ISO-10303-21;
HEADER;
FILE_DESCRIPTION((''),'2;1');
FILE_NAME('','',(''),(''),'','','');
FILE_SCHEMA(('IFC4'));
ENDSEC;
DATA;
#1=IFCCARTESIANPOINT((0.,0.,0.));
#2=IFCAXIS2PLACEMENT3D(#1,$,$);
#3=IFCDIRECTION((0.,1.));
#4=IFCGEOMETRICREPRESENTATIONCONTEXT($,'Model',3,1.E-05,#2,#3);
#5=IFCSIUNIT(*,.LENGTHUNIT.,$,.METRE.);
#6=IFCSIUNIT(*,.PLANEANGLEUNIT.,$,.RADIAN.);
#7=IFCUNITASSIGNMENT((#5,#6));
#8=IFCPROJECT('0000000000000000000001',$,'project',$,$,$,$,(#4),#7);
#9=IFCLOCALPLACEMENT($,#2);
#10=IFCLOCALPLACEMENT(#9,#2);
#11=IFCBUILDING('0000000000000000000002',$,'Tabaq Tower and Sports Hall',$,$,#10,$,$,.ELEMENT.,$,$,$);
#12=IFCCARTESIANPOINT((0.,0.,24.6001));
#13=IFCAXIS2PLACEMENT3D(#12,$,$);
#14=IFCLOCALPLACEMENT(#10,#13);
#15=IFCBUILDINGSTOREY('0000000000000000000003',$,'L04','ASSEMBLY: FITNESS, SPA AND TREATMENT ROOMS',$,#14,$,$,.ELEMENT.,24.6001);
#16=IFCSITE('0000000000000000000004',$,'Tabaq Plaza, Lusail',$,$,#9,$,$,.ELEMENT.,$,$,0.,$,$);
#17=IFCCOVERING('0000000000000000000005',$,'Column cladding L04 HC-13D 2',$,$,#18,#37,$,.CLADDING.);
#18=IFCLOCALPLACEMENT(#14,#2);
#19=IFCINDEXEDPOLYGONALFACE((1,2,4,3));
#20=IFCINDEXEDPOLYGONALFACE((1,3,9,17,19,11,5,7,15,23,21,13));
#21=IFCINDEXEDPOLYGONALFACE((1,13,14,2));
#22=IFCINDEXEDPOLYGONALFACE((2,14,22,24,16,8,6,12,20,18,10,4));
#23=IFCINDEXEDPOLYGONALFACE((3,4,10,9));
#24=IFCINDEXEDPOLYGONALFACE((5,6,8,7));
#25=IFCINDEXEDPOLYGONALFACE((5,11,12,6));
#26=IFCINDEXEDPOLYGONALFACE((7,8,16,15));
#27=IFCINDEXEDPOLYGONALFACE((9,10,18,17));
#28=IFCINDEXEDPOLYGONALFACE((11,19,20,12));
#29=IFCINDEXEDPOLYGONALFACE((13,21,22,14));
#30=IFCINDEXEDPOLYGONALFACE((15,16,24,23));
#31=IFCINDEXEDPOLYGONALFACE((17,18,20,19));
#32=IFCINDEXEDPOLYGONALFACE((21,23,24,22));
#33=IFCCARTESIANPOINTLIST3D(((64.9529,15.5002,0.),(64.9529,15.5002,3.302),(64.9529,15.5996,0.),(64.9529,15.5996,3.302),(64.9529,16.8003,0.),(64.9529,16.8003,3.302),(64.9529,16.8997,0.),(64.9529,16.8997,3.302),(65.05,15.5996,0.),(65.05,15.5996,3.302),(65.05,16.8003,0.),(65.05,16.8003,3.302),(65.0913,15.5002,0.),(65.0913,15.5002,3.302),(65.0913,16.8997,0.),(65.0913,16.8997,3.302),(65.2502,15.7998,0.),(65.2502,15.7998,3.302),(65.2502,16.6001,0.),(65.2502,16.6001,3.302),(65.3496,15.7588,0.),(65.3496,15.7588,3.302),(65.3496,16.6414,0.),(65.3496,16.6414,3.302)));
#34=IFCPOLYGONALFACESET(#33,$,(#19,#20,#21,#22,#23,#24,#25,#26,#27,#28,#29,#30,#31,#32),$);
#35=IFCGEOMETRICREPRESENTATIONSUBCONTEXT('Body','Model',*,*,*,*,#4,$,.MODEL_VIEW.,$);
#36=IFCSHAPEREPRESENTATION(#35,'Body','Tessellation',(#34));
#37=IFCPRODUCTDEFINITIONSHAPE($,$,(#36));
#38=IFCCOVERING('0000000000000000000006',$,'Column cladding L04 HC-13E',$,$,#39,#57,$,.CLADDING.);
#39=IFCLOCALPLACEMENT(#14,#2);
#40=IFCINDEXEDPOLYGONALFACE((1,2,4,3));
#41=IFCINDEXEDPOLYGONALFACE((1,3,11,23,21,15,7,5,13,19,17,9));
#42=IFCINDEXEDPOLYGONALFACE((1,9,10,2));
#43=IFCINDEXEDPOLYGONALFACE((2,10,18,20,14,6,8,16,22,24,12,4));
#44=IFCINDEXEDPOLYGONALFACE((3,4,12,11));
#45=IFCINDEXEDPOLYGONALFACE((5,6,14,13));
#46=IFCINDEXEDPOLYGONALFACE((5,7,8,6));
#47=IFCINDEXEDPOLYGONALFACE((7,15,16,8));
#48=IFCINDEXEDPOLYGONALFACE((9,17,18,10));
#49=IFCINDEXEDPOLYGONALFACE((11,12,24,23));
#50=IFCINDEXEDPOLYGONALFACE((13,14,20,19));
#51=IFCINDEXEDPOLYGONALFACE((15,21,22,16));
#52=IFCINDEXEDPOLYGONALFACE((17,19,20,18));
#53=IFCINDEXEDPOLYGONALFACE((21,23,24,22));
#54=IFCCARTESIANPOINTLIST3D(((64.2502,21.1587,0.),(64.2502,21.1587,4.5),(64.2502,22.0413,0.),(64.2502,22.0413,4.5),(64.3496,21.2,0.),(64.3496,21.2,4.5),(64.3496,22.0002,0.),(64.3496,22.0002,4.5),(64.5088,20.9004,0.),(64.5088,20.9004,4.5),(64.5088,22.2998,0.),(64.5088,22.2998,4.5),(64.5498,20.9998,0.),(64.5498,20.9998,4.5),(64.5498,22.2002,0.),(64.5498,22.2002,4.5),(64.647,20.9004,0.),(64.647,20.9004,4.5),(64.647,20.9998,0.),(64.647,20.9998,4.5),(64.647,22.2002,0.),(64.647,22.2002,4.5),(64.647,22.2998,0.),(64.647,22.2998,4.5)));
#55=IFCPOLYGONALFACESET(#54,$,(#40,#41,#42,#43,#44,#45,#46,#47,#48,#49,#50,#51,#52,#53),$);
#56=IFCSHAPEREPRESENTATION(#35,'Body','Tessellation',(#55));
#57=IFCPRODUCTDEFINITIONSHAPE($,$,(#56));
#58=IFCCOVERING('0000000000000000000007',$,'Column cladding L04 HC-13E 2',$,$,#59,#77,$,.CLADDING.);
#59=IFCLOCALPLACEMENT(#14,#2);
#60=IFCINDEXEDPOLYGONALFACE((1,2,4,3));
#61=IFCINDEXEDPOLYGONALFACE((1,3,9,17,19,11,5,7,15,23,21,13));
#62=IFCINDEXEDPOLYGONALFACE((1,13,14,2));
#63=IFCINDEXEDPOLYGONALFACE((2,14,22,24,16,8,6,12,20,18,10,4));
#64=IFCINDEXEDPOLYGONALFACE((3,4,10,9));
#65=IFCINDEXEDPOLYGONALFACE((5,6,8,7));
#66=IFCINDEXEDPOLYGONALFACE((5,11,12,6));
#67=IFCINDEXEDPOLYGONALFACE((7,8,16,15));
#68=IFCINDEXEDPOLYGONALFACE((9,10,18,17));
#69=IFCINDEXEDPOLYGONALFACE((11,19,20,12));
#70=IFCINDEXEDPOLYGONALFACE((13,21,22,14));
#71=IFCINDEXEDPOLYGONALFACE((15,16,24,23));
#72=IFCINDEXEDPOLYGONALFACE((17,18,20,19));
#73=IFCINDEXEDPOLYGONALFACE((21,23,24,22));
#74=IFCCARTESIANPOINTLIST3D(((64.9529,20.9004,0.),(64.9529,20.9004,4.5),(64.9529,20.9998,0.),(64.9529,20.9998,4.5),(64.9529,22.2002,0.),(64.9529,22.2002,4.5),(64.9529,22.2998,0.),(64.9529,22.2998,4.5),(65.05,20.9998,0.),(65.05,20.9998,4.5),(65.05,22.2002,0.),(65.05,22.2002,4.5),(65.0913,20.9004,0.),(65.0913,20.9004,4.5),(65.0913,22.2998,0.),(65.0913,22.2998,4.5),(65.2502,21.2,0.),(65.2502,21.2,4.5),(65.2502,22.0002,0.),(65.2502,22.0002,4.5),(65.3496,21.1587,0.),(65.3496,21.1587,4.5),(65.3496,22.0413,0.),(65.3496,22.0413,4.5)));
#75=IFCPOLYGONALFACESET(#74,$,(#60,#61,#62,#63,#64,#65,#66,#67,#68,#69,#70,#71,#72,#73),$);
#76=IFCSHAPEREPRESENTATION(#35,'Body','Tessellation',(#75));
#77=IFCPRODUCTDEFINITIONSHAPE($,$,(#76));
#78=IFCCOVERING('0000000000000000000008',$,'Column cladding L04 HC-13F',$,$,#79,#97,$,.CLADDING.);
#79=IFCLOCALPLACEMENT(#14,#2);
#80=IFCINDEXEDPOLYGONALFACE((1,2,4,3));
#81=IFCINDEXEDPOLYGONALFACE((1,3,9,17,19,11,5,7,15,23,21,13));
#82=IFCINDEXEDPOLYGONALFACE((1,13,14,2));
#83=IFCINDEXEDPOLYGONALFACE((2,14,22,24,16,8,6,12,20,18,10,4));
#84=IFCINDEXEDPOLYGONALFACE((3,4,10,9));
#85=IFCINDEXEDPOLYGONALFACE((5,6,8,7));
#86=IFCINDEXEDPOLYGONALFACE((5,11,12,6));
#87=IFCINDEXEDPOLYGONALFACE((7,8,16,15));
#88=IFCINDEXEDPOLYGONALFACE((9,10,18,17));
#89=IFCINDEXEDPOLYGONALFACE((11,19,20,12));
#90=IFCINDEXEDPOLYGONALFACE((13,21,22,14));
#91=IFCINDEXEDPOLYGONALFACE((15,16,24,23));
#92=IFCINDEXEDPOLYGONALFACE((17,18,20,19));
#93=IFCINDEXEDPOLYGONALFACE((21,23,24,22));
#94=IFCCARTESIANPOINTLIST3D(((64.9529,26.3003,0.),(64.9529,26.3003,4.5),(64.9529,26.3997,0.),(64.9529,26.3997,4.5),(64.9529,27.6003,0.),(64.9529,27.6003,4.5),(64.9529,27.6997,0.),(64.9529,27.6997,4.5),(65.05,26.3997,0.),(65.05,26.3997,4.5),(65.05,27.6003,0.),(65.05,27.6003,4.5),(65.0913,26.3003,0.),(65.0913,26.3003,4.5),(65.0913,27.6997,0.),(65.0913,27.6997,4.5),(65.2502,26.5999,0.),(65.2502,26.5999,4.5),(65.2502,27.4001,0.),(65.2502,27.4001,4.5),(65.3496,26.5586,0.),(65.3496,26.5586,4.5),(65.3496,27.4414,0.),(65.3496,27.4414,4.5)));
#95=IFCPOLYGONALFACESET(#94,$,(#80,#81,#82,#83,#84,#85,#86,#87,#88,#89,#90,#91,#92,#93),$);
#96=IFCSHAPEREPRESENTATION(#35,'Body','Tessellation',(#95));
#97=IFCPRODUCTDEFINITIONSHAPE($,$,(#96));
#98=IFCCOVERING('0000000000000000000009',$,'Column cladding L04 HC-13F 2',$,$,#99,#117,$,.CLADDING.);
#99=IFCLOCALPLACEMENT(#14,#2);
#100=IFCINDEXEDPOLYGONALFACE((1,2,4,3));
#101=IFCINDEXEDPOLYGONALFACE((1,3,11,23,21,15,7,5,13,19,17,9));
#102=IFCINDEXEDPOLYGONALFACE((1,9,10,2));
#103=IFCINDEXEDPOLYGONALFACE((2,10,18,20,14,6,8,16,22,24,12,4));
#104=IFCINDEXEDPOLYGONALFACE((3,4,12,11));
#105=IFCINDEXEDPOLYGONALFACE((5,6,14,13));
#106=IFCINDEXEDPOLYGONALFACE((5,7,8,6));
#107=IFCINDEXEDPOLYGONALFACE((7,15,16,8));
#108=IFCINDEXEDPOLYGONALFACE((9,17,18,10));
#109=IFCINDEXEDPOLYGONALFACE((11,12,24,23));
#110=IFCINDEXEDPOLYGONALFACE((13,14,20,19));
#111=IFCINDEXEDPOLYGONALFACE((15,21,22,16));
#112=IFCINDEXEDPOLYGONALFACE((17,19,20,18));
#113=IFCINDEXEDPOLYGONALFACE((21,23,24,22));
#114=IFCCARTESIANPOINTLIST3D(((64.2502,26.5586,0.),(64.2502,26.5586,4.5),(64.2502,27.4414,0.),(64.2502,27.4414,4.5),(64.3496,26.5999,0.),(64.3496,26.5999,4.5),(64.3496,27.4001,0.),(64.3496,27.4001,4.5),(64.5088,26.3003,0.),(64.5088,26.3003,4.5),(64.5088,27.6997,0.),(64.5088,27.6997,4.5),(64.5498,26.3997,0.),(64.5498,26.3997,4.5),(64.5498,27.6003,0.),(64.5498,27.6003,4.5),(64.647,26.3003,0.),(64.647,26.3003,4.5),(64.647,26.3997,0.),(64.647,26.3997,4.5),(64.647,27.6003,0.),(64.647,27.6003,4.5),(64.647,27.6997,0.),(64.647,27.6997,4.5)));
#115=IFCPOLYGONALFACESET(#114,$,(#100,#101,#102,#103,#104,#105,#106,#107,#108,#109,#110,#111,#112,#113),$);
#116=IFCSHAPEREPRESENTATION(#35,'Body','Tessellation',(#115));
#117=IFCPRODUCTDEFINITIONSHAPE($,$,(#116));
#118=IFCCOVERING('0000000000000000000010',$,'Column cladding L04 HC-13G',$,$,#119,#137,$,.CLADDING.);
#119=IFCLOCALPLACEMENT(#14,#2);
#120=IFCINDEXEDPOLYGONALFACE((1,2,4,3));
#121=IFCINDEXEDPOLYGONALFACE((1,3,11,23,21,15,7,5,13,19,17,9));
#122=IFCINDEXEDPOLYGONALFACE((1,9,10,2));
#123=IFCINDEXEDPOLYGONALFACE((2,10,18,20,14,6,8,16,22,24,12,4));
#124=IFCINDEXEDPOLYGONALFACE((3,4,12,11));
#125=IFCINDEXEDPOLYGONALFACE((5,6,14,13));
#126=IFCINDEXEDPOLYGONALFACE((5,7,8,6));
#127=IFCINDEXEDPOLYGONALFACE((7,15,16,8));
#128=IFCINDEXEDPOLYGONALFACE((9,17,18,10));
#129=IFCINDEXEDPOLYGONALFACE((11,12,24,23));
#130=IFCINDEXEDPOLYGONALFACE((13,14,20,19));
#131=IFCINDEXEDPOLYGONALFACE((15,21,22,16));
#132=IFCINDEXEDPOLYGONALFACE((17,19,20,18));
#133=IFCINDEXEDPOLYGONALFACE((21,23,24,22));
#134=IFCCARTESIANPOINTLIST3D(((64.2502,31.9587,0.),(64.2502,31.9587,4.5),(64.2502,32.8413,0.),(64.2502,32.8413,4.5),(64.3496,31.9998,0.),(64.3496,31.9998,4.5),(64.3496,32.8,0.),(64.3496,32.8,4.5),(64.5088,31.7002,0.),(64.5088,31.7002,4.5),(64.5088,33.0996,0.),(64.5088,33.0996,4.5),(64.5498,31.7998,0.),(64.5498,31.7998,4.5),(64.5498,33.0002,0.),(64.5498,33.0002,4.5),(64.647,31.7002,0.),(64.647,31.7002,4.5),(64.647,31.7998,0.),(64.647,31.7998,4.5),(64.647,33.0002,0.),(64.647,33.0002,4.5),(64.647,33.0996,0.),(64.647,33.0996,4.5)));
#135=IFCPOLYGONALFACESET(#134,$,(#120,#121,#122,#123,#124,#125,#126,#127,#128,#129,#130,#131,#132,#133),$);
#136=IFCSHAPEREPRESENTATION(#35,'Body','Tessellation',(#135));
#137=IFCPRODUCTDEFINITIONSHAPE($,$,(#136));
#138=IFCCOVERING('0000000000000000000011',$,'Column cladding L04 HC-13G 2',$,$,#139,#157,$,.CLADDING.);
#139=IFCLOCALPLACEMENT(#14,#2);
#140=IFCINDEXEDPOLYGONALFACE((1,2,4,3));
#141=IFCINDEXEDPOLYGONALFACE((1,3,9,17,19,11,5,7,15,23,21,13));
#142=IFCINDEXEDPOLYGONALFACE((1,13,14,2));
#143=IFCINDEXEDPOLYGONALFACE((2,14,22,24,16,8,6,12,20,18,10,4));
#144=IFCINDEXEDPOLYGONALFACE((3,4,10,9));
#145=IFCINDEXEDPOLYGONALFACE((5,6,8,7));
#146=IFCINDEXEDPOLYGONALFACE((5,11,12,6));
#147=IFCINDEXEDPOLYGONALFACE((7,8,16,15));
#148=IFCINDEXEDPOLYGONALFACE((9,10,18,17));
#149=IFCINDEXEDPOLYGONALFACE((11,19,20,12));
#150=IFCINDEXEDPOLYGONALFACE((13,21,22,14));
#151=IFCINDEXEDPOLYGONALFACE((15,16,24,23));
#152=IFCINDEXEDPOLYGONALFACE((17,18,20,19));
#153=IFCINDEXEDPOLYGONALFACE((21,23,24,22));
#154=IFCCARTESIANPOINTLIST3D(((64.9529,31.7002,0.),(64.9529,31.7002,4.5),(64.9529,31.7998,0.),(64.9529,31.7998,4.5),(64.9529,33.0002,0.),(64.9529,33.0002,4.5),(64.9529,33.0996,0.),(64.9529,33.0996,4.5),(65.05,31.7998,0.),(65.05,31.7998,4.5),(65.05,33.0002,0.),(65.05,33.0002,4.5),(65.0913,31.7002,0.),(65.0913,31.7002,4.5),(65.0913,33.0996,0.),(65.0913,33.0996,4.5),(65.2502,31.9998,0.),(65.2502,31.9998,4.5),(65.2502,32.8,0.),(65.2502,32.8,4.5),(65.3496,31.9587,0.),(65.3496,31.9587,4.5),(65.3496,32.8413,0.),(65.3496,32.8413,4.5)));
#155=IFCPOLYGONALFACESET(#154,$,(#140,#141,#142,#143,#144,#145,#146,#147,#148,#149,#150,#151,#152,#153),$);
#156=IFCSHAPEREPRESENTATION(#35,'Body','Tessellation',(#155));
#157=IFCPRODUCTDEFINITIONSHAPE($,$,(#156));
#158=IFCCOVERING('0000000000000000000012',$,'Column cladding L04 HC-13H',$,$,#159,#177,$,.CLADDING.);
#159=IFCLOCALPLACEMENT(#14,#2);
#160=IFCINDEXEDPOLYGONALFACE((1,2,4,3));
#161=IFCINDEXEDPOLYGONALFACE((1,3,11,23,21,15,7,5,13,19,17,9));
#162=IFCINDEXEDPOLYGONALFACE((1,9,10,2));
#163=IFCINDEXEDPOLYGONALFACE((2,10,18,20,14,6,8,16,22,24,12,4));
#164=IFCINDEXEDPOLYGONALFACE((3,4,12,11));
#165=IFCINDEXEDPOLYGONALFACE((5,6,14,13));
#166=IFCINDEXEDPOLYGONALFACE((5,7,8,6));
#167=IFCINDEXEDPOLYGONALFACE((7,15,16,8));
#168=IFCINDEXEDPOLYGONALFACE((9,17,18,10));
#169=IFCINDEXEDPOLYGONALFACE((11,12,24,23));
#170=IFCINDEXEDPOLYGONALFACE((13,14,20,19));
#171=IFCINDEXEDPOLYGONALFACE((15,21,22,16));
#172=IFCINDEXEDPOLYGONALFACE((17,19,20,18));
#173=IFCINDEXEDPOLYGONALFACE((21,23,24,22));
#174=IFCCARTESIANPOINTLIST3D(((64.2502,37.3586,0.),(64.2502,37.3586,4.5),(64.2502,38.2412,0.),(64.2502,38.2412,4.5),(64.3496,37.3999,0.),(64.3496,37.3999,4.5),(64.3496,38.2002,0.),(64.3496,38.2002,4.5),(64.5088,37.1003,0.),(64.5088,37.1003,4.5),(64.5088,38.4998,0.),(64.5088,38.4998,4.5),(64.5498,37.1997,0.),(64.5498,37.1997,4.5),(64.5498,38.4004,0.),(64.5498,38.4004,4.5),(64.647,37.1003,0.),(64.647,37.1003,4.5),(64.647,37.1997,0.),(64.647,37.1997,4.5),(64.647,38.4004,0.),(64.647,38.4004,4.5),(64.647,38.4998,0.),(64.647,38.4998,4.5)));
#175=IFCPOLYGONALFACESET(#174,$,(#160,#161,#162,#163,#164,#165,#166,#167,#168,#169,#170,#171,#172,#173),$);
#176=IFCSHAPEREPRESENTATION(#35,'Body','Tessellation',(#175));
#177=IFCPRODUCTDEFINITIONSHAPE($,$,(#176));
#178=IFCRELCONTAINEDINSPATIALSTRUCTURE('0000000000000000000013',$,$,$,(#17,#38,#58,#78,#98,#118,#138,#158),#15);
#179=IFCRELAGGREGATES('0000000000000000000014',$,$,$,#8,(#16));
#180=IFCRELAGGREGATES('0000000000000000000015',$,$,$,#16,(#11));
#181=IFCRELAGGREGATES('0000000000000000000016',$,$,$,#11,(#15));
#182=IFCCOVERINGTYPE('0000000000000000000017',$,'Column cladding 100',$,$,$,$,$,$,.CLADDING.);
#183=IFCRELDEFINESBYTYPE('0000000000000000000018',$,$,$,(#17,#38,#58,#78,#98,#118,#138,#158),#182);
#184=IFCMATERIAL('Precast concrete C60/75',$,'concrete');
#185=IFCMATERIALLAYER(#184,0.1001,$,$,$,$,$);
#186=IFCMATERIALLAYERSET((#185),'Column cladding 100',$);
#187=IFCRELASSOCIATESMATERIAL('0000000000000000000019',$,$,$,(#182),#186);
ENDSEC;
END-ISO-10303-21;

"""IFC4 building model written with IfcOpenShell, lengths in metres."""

from ifc_helpers import new_model, si_unit, direction, frame, origin, place, context, subcontext, project, spatial, polyline, outline, extrude, material, layer, layer_set, type_object, element, save


model = new_model("IFC4")

# Units and contexts
model_context = context("Model", 3, precision=1e-05, world=origin(), true_north=direction((0.0, 1.0)))
body_context = subcontext(model_context, "Body", "Model", "MODEL_VIEW")
ifc_project = project(units=[si_unit("LENGTHUNIT", "METRE"), si_unit("PLANEANGLEUNIT", "RADIAN")], contexts=[model_context])

# Site, building, storey
site_placement = place(None, origin())
site = spatial("IfcSite", under=ifc_project, at=site_placement, Name="Tabaq Plaza, Lusail", CompositionType="ELEMENT", RefElevation=0.0)
building_placement = place(site_placement, origin())
building = spatial("IfcBuilding", under=site, at=building_placement, Name="Tabaq Tower and Sports Hall", CompositionType="ELEMENT")
storey_placement = place(building_placement, frame((0.0, 0.0, 24.6001)))
storey = spatial("IfcBuildingStorey", under=building, at=storey_placement, Name="L04", Description="ASSEMBLY: FITNESS, SPA AND TREATMENT ROOMS", CompositionType="ELEMENT", Elevation=24.6001)

# Coverings
ifc_material_1 = material(Name="Precast concrete C60/75", Category="concrete")
ifc_layer_1 = layer(ifc_material_1, 0.1001)
ifc_layer_set_1 = layer_set([ifc_layer_1], Name="Column cladding 100")
covering_type = type_object("IfcCoveringType", Name="Column cladding 100", PredefinedType="CLADDING", material=ifc_layer_set_1)
covering_1_placement = place(storey_placement, origin())
element("IfcCovering", 1, at=covering_1_placement, inside=storey, type_object=covering_type, Name="Column cladding L04 HC-13D 2", PredefinedType="CLADDING", context=body_context, shape_type="SweptSolid", body=[
    extrude(outline(polyline([(64.9529, 15.5002), (64.9529, 15.5996), (65.05, 15.5996), (65.2502, 15.7998), (65.2502, 16.6001), (65.05, 16.8003), (64.9529, 16.8003), (64.9529, 16.8997), (65.0913, 16.8997), (65.3496, 16.6414), (65.3496, 15.7588), (65.0913, 15.5002), (64.9529, 15.5002)])), origin(), (0.0, 0.0, 1.0), 3.302),
])
covering_2_placement = place(storey_placement, origin())
element("IfcCovering", 2, at=covering_2_placement, inside=storey, type_object=covering_type, Name="Column cladding L04 HC-13E", PredefinedType="CLADDING", context=body_context, shape_type="SweptSolid", body=[
    extrude(outline(polyline([(64.5088, 20.9004), (64.2502, 21.1587), (64.2502, 22.0413), (64.5088, 22.2998), (64.647, 22.2998), (64.647, 22.2002), (64.5498, 22.2002), (64.3496, 22.0002), (64.3496, 21.2), (64.5498, 20.9998), (64.647, 20.9998), (64.647, 20.9004), (64.5088, 20.9004)])), origin(), (0.0, 0.0, 1.0), 4.5),
])
covering_3_placement = place(storey_placement, origin())
element("IfcCovering", 3, at=covering_3_placement, inside=storey, type_object=covering_type, Name="Column cladding L04 HC-13E 2", PredefinedType="CLADDING", context=body_context, shape_type="SweptSolid", body=[
    extrude(outline(polyline([(64.9529, 20.9004), (64.9529, 20.9998), (65.05, 20.9998), (65.2502, 21.2), (65.2502, 22.0002), (65.05, 22.2002), (64.9529, 22.2002), (64.9529, 22.2998), (65.0913, 22.2998), (65.3496, 22.0413), (65.3496, 21.1587), (65.0913, 20.9004), (64.9529, 20.9004)])), origin(), (0.0, 0.0, 1.0), 4.5),
])
covering_4_placement = place(storey_placement, origin())
element("IfcCovering", 4, at=covering_4_placement, inside=storey, type_object=covering_type, Name="Column cladding L04 HC-13F", PredefinedType="CLADDING", context=body_context, shape_type="SweptSolid", body=[
    extrude(outline(polyline([(64.9529, 26.3003), (64.9529, 26.3997), (65.05, 26.3997), (65.2502, 26.5999), (65.2502, 27.4001), (65.05, 27.6003), (64.9529, 27.6003), (64.9529, 27.6997), (65.0913, 27.6997), (65.3496, 27.4414), (65.3496, 26.5586), (65.0913, 26.3003), (64.9529, 26.3003)])), origin(), (0.0, 0.0, 1.0), 4.5),
])
covering_5_placement = place(storey_placement, origin())
element("IfcCovering", 5, at=covering_5_placement, inside=storey, type_object=covering_type, Name="Column cladding L04 HC-13F 2", PredefinedType="CLADDING", context=body_context, shape_type="SweptSolid", body=[
    extrude(outline(polyline([(64.5088, 26.3003), (64.2502, 26.5586), (64.2502, 27.4414), (64.5088, 27.6997), (64.647, 27.6997), (64.647, 27.6003), (64.5498, 27.6003), (64.3496, 27.4001), (64.3496, 26.5999), (64.5498, 26.3997), (64.647, 26.3997), (64.647, 26.3003), (64.5088, 26.3003)])), origin(), (0.0, 0.0, 1.0), 4.5),
])
covering_6_placement = place(storey_placement, origin())
element("IfcCovering", 6, at=covering_6_placement, inside=storey, type_object=covering_type, Name="Column cladding L04 HC-13G", PredefinedType="CLADDING", context=body_context, shape_type="SweptSolid", body=[
    extrude(outline(polyline([(64.5088, 31.7002), (64.2502, 31.9587), (64.2502, 32.8413), (64.5088, 33.0996), (64.647, 33.0996), (64.647, 33.0002), (64.5498, 33.0002), (64.3496, 32.8), (64.3496, 31.9998), (64.5498, 31.7998), (64.647, 31.7998), (64.647, 31.7002), (64.5088, 31.7002)])), origin(), (0.0, 0.0, 1.0), 4.5),
])
covering_7_placement = place(storey_placement, origin())
element("IfcCovering", 7, at=covering_7_placement, inside=storey, type_object=covering_type, Name="Column cladding L04 HC-13G 2", PredefinedType="CLADDING", context=body_context, shape_type="SweptSolid", body=[
    extrude(outline(polyline([(64.9529, 31.7002), (64.9529, 31.7998), (65.05, 31.7998), (65.2502, 31.9998), (65.2502, 32.8), (65.05, 33.0002), (64.9529, 33.0002), (64.9529, 33.0996), (65.0913, 33.0996), (65.3496, 32.8413), (65.3496, 31.9587), (65.0913, 31.7002), (64.9529, 31.7002)])), origin(), (0.0, 0.0, 1.0), 4.5),
])
covering_8_placement = place(storey_placement, origin())
element("IfcCovering", 8, at=covering_8_placement, inside=storey, type_object=covering_type, Name="Column cladding L04 HC-13H", PredefinedType="CLADDING", context=body_context, shape_type="SweptSolid", body=[
    extrude(outline(polyline([(64.5088, 37.1003), (64.2502, 37.3586), (64.2502, 38.2412), (64.5088, 38.4998), (64.647, 38.4998), (64.647, 38.4004), (64.5498, 38.4004), (64.3496, 38.2002), (64.3496, 37.3999), (64.5498, 37.1997), (64.647, 37.1997), (64.647, 37.1003), (64.5088, 37.1003)])), origin(), (0.0, 0.0, 1.0), 4.5),
])

save(model, "model.ifc")
